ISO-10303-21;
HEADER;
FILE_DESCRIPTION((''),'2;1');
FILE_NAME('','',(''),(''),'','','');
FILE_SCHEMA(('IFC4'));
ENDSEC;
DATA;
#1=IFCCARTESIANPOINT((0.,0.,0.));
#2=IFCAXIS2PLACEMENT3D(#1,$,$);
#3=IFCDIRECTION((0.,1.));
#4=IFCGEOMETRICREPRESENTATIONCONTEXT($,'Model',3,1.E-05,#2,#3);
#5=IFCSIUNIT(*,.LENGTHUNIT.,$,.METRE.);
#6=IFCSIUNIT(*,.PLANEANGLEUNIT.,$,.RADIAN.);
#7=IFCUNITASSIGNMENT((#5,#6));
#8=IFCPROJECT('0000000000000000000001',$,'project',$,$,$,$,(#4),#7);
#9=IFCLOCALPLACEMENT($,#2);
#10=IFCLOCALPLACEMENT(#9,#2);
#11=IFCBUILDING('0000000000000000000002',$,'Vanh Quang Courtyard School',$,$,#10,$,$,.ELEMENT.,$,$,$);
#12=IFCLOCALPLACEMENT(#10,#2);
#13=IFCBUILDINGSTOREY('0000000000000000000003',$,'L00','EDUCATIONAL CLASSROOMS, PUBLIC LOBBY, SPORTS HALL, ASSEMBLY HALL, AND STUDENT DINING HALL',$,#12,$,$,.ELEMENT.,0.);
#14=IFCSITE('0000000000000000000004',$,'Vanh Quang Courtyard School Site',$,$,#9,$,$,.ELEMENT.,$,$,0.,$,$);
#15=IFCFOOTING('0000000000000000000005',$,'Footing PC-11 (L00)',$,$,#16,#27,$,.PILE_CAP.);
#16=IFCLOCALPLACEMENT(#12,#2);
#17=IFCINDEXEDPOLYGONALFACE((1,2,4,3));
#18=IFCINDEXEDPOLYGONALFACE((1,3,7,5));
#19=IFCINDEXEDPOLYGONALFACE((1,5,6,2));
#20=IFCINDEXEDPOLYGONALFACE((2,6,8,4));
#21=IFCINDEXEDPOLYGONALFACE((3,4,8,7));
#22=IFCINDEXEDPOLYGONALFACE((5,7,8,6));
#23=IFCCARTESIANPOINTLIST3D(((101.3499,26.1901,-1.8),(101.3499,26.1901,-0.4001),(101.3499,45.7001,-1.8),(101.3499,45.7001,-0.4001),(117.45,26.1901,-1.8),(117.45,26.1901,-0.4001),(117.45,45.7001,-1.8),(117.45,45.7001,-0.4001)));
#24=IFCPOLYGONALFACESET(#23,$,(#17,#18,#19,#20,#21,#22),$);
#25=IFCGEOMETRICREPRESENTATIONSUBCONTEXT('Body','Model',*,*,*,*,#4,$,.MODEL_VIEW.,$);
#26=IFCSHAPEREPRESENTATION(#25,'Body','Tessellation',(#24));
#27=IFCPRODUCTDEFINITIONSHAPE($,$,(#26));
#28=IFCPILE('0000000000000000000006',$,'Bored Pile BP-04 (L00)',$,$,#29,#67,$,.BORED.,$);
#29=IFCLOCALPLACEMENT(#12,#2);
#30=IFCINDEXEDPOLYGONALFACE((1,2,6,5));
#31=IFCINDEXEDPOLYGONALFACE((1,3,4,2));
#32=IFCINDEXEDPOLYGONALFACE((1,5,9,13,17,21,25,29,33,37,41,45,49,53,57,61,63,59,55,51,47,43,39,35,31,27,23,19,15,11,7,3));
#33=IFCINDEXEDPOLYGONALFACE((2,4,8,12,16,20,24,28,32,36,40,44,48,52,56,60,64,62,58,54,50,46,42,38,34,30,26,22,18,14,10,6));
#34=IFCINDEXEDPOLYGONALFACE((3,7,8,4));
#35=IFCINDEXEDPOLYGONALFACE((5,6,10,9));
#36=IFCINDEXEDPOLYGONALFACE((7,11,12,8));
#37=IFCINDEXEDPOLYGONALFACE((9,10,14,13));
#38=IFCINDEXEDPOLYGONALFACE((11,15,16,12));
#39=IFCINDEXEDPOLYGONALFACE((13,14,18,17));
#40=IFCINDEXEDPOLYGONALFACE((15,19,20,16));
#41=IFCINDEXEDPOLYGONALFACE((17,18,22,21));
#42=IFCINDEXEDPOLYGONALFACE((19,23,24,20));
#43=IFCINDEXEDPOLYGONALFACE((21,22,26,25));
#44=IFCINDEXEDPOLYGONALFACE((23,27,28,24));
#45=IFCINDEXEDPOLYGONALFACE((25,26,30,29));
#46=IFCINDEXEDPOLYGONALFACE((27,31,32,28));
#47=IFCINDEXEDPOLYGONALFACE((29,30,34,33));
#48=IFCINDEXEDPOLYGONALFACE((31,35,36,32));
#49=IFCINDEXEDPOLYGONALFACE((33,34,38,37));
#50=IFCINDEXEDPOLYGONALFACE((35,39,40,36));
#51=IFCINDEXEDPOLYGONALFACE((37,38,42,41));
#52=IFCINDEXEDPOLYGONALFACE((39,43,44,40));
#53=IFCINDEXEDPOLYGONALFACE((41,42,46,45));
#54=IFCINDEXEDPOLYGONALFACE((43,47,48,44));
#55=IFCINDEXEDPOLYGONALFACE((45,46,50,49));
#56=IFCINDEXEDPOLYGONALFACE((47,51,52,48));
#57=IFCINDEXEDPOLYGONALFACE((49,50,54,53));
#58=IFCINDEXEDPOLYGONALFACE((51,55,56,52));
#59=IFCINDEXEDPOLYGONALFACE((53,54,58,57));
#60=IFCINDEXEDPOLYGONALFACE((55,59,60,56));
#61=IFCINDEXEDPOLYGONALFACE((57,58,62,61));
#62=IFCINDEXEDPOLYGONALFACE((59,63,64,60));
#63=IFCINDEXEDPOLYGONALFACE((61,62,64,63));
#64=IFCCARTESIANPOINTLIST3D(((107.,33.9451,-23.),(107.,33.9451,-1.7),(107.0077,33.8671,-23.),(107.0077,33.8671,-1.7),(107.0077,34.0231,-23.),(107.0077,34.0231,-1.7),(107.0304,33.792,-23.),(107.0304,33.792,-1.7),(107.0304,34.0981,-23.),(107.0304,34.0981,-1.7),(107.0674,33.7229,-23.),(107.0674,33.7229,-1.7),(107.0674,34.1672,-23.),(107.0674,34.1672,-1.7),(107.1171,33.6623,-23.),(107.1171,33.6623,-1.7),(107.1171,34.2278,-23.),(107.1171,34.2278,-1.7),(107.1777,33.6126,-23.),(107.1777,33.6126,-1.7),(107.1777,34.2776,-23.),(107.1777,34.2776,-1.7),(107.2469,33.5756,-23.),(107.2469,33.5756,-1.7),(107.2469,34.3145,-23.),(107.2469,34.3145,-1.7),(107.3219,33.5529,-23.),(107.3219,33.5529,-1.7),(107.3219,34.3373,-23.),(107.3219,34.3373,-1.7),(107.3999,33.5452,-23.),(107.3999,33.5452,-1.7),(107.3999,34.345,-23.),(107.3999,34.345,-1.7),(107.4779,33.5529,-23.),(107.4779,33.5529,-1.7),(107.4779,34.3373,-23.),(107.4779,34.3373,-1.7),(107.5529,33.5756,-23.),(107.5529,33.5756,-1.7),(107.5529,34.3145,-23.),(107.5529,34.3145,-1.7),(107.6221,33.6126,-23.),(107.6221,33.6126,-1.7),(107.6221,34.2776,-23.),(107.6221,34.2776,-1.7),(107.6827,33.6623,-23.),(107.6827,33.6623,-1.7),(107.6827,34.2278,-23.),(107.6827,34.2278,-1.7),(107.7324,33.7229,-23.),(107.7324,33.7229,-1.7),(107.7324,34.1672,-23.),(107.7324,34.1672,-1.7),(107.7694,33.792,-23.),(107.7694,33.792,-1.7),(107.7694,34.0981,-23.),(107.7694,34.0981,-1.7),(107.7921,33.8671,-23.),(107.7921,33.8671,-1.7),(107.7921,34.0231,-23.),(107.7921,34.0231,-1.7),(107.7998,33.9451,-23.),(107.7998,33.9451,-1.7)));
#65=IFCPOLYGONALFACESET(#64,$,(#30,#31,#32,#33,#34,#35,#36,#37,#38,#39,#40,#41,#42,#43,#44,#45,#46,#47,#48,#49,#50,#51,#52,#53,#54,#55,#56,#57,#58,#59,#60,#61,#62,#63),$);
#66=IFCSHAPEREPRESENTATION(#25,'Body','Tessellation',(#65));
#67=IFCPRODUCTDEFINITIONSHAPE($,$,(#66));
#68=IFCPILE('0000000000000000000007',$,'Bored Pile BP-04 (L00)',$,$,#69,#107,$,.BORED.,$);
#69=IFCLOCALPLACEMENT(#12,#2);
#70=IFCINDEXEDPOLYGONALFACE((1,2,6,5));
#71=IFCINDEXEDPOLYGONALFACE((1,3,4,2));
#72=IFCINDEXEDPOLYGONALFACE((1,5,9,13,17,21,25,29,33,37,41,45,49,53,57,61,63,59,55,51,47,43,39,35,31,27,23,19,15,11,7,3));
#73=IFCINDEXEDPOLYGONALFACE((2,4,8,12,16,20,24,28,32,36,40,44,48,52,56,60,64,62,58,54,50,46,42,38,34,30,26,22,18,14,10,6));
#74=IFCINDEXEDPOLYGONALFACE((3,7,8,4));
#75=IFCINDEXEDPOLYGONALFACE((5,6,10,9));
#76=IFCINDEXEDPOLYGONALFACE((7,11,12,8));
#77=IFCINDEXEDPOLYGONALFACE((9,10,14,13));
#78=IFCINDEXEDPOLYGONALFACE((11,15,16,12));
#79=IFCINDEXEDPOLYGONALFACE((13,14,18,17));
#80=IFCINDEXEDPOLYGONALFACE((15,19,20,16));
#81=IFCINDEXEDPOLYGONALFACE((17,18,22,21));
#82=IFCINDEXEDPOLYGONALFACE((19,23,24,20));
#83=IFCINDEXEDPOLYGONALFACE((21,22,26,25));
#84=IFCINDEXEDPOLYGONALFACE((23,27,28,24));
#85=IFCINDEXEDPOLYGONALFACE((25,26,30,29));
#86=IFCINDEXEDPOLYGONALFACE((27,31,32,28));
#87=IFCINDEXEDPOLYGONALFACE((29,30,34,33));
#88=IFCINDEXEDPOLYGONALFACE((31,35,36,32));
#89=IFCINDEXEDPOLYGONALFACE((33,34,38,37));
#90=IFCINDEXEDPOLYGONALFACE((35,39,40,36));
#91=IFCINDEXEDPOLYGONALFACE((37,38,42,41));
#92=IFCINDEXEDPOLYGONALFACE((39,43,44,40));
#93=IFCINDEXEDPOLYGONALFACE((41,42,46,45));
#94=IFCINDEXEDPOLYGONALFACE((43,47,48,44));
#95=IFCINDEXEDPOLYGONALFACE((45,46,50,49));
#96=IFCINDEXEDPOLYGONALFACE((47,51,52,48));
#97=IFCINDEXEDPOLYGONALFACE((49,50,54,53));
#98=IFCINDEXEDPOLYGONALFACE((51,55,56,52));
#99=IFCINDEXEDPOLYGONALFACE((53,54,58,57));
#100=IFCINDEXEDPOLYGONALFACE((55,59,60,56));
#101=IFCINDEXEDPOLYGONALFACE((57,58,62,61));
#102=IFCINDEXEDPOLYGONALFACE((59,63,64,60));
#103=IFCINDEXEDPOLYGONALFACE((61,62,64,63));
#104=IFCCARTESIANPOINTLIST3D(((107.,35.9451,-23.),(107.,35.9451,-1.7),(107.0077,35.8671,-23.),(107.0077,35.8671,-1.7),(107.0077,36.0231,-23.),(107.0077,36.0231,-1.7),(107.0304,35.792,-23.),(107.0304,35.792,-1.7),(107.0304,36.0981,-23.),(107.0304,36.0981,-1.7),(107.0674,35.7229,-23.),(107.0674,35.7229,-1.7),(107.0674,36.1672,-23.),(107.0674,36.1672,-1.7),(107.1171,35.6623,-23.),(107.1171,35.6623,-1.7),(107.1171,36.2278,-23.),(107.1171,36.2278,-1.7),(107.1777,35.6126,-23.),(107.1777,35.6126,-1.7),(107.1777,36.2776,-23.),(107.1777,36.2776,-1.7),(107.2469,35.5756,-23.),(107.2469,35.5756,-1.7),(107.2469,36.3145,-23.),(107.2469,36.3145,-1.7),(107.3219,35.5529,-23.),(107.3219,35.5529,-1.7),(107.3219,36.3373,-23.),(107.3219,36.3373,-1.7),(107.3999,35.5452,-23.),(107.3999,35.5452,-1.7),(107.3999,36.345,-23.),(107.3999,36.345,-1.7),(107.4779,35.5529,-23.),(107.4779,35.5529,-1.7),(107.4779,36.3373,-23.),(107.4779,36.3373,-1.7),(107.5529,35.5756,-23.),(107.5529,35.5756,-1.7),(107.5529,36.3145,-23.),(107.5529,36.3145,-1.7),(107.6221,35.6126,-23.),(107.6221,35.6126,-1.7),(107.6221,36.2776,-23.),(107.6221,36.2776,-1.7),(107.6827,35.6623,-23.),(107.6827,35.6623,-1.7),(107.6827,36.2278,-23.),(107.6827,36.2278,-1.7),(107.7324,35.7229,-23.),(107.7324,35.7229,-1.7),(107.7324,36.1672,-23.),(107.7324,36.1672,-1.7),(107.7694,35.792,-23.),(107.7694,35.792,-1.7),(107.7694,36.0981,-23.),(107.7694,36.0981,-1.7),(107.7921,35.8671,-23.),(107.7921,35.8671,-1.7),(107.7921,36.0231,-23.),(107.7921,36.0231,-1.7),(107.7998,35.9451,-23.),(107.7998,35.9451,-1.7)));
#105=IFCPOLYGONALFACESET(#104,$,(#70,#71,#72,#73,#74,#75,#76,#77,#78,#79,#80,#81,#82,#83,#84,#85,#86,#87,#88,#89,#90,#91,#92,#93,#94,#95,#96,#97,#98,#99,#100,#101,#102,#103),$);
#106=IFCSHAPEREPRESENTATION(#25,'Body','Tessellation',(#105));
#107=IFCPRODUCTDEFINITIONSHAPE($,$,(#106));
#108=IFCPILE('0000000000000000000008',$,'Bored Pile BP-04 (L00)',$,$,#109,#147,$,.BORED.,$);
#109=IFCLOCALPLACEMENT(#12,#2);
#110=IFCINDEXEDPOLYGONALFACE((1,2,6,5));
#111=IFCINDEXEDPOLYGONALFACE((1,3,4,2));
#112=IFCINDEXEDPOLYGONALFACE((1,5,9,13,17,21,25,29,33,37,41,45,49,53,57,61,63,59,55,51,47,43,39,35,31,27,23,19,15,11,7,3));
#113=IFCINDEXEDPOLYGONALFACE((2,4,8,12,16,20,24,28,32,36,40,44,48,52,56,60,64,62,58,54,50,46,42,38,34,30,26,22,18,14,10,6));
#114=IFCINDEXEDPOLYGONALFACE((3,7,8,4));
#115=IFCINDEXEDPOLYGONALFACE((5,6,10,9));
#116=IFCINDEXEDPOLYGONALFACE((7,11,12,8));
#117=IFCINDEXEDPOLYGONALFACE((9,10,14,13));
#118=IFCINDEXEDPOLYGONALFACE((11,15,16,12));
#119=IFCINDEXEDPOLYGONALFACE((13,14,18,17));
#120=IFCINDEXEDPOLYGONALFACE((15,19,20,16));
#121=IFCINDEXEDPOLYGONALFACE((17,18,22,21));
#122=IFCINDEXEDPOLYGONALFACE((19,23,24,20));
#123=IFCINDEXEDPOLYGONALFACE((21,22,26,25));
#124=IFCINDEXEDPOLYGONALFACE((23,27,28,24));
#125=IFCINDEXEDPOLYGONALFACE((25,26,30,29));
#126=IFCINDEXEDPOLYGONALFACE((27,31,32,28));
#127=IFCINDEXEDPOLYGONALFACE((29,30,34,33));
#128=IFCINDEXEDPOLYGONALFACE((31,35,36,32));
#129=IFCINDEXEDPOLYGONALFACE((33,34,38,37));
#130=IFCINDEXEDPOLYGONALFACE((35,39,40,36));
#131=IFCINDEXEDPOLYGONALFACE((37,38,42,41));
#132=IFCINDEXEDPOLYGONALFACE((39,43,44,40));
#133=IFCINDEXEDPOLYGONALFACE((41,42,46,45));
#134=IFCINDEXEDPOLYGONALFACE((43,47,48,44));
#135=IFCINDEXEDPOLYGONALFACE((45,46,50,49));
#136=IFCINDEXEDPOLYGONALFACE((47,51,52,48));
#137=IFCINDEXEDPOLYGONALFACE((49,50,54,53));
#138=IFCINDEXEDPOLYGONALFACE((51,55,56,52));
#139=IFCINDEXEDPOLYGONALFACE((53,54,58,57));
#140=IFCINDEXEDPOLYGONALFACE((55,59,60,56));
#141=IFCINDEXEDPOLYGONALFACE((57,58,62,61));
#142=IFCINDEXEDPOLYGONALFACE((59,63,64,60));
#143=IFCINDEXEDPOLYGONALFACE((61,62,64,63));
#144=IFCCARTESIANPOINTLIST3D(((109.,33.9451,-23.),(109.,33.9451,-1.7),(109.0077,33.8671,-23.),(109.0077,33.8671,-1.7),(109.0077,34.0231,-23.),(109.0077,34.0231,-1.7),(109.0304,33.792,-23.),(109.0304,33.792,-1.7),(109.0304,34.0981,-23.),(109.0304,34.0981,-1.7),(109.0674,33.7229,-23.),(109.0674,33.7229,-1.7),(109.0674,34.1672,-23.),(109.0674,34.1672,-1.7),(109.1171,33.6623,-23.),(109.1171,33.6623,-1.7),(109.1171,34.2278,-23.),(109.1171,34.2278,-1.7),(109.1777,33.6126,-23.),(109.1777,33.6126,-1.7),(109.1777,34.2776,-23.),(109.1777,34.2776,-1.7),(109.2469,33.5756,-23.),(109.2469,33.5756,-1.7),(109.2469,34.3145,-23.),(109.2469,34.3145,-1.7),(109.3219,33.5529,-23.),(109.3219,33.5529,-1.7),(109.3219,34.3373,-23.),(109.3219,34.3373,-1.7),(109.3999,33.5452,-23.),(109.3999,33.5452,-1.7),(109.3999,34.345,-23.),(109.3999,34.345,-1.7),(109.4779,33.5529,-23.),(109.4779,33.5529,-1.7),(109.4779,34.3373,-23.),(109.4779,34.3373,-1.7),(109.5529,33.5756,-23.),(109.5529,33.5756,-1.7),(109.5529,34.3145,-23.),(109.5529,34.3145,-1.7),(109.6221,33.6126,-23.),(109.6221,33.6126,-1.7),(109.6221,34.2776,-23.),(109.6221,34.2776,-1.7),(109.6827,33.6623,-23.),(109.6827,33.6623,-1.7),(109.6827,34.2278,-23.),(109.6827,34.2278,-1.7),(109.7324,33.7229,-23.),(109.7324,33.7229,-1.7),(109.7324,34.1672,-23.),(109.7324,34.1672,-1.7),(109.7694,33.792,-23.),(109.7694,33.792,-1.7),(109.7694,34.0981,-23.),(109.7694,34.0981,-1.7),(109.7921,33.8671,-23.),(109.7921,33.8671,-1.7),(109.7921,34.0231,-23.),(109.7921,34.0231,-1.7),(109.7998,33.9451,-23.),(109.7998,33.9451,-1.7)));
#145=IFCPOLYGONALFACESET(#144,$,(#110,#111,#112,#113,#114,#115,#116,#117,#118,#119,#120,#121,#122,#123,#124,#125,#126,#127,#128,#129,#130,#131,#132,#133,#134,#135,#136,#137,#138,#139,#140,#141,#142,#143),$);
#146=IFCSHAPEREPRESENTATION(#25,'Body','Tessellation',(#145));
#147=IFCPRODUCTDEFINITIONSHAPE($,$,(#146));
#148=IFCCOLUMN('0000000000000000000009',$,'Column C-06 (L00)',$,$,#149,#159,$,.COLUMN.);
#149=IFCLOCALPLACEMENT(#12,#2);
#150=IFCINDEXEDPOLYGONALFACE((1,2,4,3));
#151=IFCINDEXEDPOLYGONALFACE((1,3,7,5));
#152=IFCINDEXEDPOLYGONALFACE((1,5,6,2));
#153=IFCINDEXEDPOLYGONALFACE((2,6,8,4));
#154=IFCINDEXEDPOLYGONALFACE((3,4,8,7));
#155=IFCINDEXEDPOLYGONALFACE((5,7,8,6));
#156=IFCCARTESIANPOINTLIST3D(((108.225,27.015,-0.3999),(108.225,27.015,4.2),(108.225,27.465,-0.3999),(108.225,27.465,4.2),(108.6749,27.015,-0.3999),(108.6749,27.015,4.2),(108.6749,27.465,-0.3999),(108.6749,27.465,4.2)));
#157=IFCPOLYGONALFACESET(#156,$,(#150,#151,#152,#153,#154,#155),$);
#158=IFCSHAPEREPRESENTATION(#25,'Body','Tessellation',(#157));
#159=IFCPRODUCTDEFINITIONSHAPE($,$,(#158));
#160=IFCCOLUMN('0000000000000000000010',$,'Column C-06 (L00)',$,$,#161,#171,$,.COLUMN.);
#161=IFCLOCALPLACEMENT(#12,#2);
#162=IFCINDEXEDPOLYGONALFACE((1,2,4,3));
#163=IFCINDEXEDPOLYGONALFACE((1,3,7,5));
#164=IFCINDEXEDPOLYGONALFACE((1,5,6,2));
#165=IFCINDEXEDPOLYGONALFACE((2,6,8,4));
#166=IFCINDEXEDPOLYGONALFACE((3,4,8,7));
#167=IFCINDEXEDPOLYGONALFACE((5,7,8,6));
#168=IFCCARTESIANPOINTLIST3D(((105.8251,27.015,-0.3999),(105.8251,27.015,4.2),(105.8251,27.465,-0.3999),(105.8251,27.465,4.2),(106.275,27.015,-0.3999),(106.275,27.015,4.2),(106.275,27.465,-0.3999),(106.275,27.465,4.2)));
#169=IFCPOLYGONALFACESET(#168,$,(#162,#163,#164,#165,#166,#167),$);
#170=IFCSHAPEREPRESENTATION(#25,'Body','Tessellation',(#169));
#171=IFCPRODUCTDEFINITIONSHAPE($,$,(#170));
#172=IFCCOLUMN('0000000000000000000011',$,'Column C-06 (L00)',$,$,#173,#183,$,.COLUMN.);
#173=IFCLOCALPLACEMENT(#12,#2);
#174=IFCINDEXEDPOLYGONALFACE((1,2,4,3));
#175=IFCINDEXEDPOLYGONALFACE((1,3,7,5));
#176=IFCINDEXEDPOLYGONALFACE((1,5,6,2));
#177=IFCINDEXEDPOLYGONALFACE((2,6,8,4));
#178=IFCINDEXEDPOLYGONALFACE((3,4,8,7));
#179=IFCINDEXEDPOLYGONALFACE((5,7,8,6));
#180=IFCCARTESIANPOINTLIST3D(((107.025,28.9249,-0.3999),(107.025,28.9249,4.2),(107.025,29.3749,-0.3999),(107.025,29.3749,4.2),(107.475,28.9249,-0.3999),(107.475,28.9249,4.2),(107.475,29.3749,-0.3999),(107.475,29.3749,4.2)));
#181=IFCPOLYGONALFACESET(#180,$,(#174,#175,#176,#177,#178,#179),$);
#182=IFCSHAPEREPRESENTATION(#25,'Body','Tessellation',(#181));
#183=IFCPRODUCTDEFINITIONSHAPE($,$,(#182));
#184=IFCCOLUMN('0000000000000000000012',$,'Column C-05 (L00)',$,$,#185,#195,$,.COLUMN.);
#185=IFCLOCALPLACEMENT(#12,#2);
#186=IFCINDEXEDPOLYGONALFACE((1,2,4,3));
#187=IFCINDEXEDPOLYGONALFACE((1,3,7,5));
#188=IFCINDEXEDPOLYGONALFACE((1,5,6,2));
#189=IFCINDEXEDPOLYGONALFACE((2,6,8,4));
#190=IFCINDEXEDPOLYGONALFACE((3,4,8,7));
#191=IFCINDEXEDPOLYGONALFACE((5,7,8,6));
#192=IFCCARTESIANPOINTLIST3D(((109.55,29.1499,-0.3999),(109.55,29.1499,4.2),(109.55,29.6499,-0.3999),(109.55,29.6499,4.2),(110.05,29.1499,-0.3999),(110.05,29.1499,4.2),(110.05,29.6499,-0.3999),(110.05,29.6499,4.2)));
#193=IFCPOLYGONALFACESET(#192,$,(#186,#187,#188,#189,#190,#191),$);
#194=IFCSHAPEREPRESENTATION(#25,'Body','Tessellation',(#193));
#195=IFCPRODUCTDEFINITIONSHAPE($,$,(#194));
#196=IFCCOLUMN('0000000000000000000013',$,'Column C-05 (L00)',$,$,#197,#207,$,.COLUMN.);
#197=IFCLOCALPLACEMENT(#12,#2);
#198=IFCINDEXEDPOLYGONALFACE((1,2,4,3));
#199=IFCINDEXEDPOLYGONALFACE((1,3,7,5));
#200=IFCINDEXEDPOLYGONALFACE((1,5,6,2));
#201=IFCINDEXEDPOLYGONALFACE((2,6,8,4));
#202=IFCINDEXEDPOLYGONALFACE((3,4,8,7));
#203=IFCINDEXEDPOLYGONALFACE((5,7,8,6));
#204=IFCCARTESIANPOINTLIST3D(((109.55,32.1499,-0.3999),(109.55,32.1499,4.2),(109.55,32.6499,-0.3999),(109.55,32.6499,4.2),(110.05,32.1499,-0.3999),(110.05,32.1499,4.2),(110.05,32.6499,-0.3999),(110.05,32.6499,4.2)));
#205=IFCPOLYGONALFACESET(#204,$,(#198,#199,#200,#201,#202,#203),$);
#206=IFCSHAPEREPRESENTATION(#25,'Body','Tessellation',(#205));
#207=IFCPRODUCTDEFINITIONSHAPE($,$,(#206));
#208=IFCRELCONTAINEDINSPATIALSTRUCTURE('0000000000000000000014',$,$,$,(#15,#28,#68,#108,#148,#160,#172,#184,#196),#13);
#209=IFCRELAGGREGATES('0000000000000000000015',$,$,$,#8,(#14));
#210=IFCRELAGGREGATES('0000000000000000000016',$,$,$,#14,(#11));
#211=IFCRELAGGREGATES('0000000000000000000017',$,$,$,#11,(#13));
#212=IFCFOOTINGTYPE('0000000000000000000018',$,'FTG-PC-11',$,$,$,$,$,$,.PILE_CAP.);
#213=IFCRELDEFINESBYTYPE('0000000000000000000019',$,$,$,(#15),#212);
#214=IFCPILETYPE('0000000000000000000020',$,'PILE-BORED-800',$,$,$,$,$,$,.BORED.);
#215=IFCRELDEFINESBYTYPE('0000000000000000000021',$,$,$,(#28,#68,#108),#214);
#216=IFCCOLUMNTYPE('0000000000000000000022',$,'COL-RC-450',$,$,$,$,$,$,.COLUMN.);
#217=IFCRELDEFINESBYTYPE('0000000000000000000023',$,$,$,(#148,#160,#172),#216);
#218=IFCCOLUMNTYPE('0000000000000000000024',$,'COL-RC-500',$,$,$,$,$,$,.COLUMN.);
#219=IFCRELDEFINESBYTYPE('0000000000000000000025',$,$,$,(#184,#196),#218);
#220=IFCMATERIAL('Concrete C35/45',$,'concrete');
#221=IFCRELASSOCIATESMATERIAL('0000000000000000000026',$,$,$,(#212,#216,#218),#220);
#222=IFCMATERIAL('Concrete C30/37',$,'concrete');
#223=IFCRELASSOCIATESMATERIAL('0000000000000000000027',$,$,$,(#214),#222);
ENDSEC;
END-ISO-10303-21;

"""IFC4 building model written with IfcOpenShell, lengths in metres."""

from ifc_helpers import new_model, si_unit, direction, frame, origin, origin_2d, place, context, subcontext, project, spatial, rectangle, circle, extrude, material, material_profile, profile_set, type_object, element, save


model = new_model("IFC4")

# Units and contexts
model_context = context("Model", 3, precision=1e-05, world=origin(), true_north=direction((0.0, 1.0)))
body_context = subcontext(model_context, "Body", "Model", "MODEL_VIEW")
ifc_project = project(units=[si_unit("LENGTHUNIT", "METRE"), si_unit("PLANEANGLEUNIT", "RADIAN")], contexts=[model_context])

# Site, building, storey
site_placement = place(None, origin())
site = spatial("IfcSite", under=ifc_project, at=site_placement, Name="Vanh Quang Courtyard School Site", CompositionType="ELEMENT", RefElevation=0.0)
building_placement = place(site_placement, origin())
building = spatial("IfcBuilding", under=site, at=building_placement, Name="Vanh Quang Courtyard School", CompositionType="ELEMENT")
storey_placement = place(building_placement, origin())
storey = spatial("IfcBuildingStorey", under=building, at=storey_placement, Name="L00", Description="EDUCATIONAL CLASSROOMS, PUBLIC LOBBY, SPORTS HALL, ASSEMBLY HALL, AND STUDENT DINING HALL", CompositionType="ELEMENT", Elevation=0.0)

# Footing
ifc_material_1 = material(Name="Concrete C35/45", Category="concrete")
footing_type = type_object("IfcFootingType", Name="FTG-PC-11", PredefinedType="PILE_CAP", material=ifc_material_1)
footing_placement = place(storey_placement, frame((109.3999, 35.9451, -1.8), z_axis=(0.0, 0.0, 1.0), x_axis=(1.0, 0.0, 0.0)))
element("IfcFooting", 1, at=footing_placement, inside=storey, type_object=footing_type, Name="Footing PC-11 (L00)", PredefinedType="PILE_CAP", context=body_context, shape_type="SweptSolid", body=[
    extrude(rectangle(XDim=16.1001, YDim=19.51, at=origin_2d()), origin(), (0.0, 0.0, 1.0), 1.3999),
])

# Piles
ifc_material_2 = material(Name="Concrete C30/37", Category="concrete")
ifc_material_profile_1 = material_profile(ifc_material_2, circle(Radius=0.3999, at=origin_2d()), Name="PILE D800")
ifc_profile_set_1 = profile_set([ifc_material_profile_1], Name="Concrete C30/37")
pile_type = type_object("IfcPileType", Name="PILE-BORED-800", PredefinedType="BORED", material=ifc_profile_set_1)
for number, where, z_axis, x_axis, name in (
    (2, (107.3999, 33.9451, -1.7), (0.0, 0.0, -1.0), (1.0, 0.0, 0.0), "Bored Pile BP-04 (L00)"),
    (3, (107.3999, 35.9451, -1.7), (0.0, 0.0, -1.0), (1.0, 0.0, 0.0), "Bored Pile BP-04 (L00)"),
    (4, (109.3999, 33.9451, -1.7), (0.0, 0.0, -1.0), (1.0, 0.0, 0.0), "Bored Pile BP-04 (L00)"),
):
    element("IfcPile", number, at=place(storey_placement, frame(where, z_axis=z_axis, x_axis=x_axis)), inside=storey, type_object=pile_type, Name=name, PredefinedType="BORED", context=body_context, shape_type="SweptSolid", body=[
        extrude(circle(Radius=0.3999, at=origin_2d()), origin(), (0.0, 0.0, 1.0), 21.3),
    ])

# Columns
ifc_material_profile_2 = material_profile(ifc_material_1, rectangle(XDim=0.45, YDim=0.45, at=origin_2d()), Name="RC-COL 450x450")
ifc_profile_set_2 = profile_set([ifc_material_profile_2], Name="Concrete C35/45")
column_type_1 = type_object("IfcColumnType", Name="COL-RC-450", PredefinedType="COLUMN", material=ifc_profile_set_2)
for number, where, z_axis, x_axis, name in (
    (5, (108.45, 27.24, -0.3999), (0.0, 0.0, 1.0), (1.0, 0.0, 0.0), "Column C-06 (L00)"),
    (6, (106.05, 27.24, -0.3999), (0.0, 0.0, 1.0), (1.0, 0.0, 0.0), "Column C-06 (L00)"),
    (7, (107.25, 29.1499, -0.3999), (0.0, 0.0, 1.0), (1.0, 0.0, 0.0), "Column C-06 (L00)"),
):
    element("IfcColumn", number, at=place(storey_placement, frame(where, z_axis=z_axis, x_axis=x_axis)), inside=storey, type_object=column_type_1, Name=name, PredefinedType="COLUMN", context=body_context, shape_type="SweptSolid", body=[
        extrude(rectangle(XDim=0.45, YDim=0.45, at=origin_2d()), origin(), (0.0, 0.0, 1.0), 4.5999),
    ])
ifc_material_profile_3 = material_profile(ifc_material_1, rectangle(XDim=0.5, YDim=0.5, at=origin_2d()), Name="RC-COL 500x500")
ifc_profile_set_3 = profile_set([ifc_material_profile_3], Name="Concrete C35/45")
column_type_2 = type_object("IfcColumnType", Name="COL-RC-500", PredefinedType="COLUMN", material=ifc_profile_set_3)
for number, where, z_axis, x_axis, name in (
    (8, (109.8, 29.3999, -0.3999), (0.0, 0.0, 1.0), (1.0, 0.0, 0.0), "Column C-05 (L00)"),
    (9, (109.8, 32.3999, -0.3999), (0.0, 0.0, 1.0), (1.0, 0.0, 0.0), "Column C-05 (L00)"),
):
    element("IfcColumn", number, at=place(storey_placement, frame(where, z_axis=z_axis, x_axis=x_axis)), inside=storey, type_object=column_type_2, Name=name, PredefinedType="COLUMN", context=body_context, shape_type="SweptSolid", body=[
        extrude(rectangle(XDim=0.5, YDim=0.5, at=origin_2d()), origin(), (0.0, 0.0, 1.0), 4.5999),
    ])

save(model, "model.ifc")
